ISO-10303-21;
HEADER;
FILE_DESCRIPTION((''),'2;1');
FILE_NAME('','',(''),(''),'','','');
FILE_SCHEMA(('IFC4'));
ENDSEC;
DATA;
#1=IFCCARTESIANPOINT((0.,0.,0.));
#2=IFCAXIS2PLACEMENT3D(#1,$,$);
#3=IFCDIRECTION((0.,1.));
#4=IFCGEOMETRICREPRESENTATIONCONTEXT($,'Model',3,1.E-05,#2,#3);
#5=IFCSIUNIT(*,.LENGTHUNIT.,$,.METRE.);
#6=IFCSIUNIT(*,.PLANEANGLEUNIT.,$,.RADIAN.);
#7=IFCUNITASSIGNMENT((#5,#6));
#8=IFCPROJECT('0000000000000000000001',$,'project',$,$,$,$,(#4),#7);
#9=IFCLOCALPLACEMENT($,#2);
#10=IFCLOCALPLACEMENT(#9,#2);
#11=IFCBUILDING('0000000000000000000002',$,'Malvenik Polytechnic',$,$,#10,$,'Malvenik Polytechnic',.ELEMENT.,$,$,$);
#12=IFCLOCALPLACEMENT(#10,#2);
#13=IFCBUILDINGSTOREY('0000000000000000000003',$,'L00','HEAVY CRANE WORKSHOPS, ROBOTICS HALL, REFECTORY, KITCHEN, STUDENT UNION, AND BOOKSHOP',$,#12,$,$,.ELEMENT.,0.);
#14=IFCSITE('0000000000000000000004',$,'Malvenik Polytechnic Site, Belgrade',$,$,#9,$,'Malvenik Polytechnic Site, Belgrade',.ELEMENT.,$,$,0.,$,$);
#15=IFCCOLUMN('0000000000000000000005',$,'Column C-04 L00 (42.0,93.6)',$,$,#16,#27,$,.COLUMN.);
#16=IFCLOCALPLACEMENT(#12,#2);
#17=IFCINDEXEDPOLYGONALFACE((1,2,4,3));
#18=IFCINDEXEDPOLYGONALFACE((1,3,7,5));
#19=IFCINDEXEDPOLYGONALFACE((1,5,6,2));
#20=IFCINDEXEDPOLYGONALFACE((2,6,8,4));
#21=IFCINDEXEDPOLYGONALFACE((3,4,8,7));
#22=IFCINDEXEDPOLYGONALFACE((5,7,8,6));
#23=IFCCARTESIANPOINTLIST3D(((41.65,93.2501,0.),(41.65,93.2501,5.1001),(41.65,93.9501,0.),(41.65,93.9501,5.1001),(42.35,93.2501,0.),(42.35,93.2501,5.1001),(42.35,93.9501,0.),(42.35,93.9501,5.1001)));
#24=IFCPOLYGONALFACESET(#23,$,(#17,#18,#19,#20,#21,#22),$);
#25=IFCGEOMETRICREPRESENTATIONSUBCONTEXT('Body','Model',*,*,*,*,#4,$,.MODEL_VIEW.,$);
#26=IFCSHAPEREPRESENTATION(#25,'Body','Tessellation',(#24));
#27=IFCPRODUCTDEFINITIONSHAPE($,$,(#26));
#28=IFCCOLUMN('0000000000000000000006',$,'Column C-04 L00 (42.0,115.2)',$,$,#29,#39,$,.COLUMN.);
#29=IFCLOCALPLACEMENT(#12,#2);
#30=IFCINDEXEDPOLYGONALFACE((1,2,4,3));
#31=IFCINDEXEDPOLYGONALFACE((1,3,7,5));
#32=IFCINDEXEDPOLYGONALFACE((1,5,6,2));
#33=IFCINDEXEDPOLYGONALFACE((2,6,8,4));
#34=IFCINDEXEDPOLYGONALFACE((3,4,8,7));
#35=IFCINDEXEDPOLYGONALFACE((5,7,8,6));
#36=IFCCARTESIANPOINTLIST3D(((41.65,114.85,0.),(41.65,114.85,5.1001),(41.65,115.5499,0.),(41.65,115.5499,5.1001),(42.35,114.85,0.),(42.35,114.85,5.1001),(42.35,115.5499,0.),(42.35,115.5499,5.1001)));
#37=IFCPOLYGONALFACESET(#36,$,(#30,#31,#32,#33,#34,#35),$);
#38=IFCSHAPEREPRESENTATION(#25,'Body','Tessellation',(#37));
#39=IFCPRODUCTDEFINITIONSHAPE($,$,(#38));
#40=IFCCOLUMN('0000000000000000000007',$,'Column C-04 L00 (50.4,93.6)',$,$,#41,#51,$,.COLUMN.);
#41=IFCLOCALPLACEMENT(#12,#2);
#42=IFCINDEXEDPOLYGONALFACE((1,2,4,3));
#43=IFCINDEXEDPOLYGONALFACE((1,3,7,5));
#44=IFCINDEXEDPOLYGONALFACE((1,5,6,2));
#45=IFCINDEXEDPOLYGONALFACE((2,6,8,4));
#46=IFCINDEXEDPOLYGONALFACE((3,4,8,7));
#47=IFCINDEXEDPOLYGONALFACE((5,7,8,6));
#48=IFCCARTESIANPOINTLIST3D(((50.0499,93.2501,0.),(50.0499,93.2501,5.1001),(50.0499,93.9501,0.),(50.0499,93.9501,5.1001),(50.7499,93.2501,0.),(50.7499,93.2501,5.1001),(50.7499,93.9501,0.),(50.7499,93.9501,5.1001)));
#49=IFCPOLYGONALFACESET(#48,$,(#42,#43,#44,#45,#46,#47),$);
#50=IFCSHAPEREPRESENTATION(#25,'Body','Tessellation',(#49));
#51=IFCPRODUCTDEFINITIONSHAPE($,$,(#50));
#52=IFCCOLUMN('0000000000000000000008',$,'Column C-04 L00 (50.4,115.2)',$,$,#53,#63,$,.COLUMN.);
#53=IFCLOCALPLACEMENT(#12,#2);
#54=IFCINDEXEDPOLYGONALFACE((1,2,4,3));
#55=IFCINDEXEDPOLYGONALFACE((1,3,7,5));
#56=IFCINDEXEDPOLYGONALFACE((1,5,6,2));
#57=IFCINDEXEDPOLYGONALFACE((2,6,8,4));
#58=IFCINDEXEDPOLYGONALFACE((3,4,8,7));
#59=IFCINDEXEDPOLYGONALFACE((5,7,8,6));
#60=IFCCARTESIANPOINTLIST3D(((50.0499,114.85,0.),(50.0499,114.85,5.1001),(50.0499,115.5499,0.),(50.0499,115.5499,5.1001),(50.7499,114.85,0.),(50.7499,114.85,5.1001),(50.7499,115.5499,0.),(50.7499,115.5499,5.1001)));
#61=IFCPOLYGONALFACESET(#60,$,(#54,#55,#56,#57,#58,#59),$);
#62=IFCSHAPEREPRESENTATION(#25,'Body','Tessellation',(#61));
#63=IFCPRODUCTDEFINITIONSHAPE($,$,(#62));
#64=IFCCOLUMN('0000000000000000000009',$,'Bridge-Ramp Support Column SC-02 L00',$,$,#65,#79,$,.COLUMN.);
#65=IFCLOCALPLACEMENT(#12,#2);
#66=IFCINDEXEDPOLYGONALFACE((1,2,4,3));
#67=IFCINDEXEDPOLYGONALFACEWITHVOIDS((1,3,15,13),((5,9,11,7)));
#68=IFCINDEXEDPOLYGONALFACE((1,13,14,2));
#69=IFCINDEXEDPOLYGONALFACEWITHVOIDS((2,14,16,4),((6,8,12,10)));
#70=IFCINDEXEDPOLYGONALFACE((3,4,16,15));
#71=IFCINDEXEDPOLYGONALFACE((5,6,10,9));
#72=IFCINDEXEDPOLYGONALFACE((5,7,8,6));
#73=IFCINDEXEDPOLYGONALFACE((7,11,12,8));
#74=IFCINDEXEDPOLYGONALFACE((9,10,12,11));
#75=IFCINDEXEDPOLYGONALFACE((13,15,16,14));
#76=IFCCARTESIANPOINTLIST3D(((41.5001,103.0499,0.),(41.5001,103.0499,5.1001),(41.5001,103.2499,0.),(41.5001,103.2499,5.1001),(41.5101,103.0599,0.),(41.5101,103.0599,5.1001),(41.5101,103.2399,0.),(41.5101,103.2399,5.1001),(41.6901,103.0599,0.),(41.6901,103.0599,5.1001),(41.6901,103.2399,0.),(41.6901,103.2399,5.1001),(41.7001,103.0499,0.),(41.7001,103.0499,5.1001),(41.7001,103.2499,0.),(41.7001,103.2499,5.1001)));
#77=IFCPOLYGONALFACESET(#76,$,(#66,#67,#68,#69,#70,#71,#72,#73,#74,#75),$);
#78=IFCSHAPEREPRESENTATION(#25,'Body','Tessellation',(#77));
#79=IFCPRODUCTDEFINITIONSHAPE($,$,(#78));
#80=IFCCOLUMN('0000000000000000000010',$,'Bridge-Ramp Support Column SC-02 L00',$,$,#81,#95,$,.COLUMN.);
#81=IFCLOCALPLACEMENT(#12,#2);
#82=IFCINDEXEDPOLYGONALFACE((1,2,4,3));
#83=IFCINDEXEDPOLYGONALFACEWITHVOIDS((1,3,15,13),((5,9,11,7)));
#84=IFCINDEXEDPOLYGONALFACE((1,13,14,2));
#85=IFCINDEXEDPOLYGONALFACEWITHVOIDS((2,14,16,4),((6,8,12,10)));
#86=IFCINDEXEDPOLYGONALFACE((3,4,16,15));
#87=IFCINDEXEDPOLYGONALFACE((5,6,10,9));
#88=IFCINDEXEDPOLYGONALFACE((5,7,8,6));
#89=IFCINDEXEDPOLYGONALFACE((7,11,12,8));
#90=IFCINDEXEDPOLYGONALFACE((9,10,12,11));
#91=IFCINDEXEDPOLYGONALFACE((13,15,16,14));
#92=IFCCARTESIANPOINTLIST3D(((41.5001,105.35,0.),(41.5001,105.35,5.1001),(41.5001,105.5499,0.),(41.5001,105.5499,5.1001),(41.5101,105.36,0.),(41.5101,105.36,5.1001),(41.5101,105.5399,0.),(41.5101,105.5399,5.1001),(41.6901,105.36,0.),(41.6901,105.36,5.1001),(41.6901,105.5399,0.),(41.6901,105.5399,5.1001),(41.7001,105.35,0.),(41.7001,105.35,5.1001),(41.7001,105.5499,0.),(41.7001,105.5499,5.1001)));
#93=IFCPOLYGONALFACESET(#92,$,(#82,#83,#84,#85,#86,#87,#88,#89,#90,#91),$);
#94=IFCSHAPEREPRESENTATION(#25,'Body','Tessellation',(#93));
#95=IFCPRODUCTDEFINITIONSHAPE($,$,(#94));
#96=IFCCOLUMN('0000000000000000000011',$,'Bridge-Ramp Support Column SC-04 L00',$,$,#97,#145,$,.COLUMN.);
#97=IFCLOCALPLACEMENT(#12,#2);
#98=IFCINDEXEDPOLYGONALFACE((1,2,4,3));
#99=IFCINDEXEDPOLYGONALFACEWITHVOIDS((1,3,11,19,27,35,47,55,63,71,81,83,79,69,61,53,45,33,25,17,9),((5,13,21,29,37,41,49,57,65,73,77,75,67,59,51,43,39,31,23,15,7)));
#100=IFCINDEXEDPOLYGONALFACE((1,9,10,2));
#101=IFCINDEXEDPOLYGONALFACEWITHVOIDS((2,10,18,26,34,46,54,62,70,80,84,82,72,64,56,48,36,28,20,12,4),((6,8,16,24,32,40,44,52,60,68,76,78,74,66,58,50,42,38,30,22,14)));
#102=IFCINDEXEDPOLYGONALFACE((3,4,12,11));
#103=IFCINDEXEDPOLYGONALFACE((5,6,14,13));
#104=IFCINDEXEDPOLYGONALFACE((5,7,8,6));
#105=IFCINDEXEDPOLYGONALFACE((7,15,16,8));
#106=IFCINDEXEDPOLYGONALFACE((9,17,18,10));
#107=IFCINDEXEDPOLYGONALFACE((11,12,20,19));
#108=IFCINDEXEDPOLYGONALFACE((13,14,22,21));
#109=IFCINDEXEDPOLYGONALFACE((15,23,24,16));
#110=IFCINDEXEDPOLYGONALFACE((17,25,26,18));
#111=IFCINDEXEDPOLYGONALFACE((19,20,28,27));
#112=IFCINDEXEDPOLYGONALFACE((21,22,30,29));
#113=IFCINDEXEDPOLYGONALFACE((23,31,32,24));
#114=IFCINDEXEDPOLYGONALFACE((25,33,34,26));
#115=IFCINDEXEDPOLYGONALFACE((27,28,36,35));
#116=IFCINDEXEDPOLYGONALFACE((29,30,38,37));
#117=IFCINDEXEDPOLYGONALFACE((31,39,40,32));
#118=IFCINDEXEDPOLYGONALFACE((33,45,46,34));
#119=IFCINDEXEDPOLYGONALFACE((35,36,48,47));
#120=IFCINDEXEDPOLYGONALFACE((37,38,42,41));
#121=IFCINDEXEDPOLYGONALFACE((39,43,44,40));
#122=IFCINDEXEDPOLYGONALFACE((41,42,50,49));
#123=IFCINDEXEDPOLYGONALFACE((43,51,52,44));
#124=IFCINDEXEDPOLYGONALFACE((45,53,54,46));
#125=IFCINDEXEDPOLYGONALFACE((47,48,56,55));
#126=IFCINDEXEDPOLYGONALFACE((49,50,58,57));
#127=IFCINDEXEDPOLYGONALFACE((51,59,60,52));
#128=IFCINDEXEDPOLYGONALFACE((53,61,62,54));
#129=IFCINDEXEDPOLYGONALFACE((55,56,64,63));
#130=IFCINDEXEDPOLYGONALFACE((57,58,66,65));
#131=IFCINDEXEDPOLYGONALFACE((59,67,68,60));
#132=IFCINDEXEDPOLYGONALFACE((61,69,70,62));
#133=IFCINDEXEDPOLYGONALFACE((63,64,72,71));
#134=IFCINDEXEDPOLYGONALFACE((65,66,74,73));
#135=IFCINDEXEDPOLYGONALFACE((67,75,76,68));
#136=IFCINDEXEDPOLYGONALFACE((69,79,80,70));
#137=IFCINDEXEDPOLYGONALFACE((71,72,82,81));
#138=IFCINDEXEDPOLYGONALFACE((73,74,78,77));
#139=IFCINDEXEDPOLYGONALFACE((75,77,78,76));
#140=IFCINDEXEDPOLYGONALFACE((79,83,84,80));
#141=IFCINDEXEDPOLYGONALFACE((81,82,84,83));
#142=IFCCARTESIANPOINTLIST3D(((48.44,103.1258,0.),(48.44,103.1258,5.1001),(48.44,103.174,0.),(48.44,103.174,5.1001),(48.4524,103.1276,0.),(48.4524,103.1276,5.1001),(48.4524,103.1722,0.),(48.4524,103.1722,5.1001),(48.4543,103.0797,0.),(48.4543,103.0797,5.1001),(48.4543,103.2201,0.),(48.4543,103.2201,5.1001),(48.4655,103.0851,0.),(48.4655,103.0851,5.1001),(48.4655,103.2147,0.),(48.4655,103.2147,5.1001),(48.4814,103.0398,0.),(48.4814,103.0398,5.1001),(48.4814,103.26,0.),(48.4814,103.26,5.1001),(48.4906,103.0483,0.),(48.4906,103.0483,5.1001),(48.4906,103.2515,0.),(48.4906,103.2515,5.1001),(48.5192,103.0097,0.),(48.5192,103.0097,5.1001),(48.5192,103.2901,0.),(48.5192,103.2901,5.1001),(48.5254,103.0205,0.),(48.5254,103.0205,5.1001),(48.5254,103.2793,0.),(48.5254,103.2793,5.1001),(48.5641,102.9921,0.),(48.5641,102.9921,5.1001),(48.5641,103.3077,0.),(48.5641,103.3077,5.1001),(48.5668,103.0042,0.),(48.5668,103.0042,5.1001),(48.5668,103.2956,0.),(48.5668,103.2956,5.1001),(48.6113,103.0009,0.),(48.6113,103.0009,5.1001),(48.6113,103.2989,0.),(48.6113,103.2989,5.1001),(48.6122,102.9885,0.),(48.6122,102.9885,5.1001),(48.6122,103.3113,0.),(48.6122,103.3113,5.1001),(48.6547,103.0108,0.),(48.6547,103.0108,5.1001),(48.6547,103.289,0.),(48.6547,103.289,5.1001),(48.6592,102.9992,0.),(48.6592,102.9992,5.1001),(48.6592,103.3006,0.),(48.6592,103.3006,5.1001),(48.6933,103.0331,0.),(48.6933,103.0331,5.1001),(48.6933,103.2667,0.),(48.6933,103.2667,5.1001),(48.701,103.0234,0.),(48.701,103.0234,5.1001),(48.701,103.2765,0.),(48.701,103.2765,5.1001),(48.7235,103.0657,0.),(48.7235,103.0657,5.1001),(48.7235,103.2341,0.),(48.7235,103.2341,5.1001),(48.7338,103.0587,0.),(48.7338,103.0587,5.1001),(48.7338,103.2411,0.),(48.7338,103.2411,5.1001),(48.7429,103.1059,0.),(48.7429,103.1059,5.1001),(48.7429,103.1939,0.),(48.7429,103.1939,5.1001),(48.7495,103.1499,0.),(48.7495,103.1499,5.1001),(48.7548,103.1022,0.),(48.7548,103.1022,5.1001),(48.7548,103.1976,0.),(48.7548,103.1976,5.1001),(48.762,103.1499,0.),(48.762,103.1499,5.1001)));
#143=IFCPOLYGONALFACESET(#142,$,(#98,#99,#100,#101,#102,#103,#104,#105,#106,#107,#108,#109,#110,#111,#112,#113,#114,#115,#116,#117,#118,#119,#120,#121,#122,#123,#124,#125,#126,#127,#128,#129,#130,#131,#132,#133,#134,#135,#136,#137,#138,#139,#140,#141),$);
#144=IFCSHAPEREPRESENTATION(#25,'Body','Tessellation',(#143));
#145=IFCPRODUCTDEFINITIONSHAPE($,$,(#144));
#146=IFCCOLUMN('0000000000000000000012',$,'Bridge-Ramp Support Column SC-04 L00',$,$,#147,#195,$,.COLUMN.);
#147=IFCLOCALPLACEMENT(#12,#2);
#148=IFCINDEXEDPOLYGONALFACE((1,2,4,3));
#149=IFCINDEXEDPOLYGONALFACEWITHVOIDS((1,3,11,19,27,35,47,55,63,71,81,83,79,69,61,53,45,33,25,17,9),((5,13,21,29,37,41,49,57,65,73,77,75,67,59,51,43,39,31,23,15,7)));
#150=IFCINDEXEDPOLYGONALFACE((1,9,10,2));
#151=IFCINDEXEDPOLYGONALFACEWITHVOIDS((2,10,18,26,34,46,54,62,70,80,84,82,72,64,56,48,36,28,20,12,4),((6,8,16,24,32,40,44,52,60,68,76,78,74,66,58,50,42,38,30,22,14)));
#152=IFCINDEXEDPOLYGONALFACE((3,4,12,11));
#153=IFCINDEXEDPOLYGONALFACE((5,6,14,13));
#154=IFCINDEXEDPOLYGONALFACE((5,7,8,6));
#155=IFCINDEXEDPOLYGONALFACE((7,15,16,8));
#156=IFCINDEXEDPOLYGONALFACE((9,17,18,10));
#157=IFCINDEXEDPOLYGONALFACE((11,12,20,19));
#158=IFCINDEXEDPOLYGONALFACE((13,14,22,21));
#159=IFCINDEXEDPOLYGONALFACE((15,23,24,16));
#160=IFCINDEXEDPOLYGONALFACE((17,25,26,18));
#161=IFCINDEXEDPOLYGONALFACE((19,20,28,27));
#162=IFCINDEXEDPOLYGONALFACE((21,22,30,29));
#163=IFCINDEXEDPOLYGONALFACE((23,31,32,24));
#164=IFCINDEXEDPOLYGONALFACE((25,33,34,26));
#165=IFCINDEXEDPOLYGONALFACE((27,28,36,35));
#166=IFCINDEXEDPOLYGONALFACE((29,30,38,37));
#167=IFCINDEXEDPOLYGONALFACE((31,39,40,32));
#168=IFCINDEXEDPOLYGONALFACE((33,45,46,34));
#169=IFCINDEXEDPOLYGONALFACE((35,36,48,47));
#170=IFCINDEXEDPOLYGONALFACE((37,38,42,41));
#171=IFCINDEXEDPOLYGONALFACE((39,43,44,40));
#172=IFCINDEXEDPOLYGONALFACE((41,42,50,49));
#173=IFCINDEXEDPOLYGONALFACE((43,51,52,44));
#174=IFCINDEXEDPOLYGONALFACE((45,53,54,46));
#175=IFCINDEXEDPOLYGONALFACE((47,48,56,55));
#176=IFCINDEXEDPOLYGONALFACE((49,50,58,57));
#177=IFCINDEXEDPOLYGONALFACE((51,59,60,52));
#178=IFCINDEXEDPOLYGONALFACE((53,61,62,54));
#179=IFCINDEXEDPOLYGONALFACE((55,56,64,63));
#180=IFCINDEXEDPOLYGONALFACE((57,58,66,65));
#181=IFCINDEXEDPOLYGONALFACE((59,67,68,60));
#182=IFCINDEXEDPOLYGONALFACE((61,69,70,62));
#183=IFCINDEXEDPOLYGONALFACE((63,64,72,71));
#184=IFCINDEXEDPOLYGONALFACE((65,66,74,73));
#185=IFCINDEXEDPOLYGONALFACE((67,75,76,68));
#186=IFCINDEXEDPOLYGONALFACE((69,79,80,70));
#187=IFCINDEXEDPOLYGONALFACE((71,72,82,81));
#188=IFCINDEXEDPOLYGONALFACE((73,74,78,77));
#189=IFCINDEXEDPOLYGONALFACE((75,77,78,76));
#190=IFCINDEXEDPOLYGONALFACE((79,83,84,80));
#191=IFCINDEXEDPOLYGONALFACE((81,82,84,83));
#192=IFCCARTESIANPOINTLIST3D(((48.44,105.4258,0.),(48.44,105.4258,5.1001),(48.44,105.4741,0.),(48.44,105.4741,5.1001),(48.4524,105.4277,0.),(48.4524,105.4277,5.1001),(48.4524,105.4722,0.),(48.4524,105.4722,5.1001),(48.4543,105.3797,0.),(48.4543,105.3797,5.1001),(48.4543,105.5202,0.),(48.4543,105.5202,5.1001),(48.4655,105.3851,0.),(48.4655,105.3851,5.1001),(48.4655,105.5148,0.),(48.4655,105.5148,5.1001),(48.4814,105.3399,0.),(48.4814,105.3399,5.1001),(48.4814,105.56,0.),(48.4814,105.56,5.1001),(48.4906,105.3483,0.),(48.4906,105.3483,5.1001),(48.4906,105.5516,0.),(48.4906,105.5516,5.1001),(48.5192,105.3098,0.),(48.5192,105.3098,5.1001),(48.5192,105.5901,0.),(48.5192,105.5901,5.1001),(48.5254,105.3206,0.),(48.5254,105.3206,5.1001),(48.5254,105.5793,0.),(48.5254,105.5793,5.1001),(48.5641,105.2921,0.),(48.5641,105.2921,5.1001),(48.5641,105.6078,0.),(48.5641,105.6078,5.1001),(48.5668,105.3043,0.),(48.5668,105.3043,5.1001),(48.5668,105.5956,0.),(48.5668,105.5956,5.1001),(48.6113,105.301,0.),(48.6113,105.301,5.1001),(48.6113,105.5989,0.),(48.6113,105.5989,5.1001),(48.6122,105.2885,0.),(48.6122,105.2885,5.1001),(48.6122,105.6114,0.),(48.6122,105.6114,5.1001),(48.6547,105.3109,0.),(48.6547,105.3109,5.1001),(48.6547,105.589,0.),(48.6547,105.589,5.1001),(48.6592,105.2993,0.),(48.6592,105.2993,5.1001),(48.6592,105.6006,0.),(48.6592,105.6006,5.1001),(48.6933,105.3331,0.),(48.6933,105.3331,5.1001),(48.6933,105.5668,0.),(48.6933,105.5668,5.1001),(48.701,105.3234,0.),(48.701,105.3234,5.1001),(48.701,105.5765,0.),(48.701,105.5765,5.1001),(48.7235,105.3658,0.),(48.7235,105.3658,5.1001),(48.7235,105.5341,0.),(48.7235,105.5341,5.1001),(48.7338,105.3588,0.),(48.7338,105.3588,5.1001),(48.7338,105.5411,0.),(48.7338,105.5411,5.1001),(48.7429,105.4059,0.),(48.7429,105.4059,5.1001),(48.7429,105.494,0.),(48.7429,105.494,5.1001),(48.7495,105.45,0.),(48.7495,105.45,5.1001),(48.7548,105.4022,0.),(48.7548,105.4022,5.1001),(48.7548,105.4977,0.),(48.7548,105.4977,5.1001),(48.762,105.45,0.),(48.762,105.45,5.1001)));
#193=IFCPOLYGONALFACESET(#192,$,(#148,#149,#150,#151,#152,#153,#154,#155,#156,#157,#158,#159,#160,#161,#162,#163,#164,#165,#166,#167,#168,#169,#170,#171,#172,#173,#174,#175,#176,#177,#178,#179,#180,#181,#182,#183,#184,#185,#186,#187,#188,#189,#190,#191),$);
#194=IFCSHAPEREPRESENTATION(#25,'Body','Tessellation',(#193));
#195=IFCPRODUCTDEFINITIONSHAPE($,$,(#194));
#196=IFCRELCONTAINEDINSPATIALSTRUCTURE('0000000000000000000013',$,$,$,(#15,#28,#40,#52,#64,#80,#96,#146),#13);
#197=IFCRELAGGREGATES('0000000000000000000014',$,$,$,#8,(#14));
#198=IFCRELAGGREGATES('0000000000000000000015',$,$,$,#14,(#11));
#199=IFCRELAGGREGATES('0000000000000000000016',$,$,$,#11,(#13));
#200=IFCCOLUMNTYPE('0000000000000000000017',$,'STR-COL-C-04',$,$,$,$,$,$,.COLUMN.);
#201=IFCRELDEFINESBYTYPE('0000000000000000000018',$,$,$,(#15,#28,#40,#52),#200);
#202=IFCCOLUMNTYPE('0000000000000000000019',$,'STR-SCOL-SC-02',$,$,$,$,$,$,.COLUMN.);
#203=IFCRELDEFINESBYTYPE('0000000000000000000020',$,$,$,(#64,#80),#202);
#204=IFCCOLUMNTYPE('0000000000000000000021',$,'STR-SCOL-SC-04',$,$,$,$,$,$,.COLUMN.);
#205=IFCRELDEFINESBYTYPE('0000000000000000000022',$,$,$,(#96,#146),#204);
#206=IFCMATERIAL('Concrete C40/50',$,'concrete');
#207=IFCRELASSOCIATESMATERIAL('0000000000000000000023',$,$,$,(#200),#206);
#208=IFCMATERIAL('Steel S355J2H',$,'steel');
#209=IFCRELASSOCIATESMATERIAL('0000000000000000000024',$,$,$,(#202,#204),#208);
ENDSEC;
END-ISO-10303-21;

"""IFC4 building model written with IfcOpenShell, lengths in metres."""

from ifc_helpers import new_model, si_unit, direction, frame, origin, origin_2d, place, context, subcontext, project, spatial, rectangle, hollow_rectangle, hollow_circle, extrude, material, material_profile, profile_set, type_object, element, save


model = new_model("IFC4")

# Units and contexts
model_context = context("Model", 3, precision=1e-05, world=origin(), true_north=direction((0.0, 1.0)))
body_context = subcontext(model_context, "Body", "Model", "MODEL_VIEW")
ifc_project = project(units=[si_unit("LENGTHUNIT", "METRE"), si_unit("PLANEANGLEUNIT", "RADIAN")], contexts=[model_context])

# Site, building, storey
site_placement = place(None, origin())
site = spatial("IfcSite", under=ifc_project, at=site_placement, Name="Malvenik Polytechnic Site, Belgrade", LongName="Malvenik Polytechnic Site, Belgrade", CompositionType="ELEMENT", RefElevation=0.0)
building_placement = place(site_placement, origin())
building = spatial("IfcBuilding", under=site, at=building_placement, Name="Malvenik Polytechnic", LongName="Malvenik Polytechnic", CompositionType="ELEMENT")
storey_placement = place(building_placement, origin())
storey = spatial("IfcBuildingStorey", under=building, at=storey_placement, Name="L00", Description="HEAVY CRANE WORKSHOPS, ROBOTICS HALL, REFECTORY, KITCHEN, STUDENT UNION, AND BOOKSHOP", CompositionType="ELEMENT", Elevation=0.0)

# Columns
ifc_material_1 = material(Name="Concrete C40/50", Category="concrete")
ifc_material_profile_1 = material_profile(ifc_material_1, rectangle(XDim=0.7, YDim=0.7, at=origin_2d()), Name="RC COL 700x700")
ifc_profile_set_1 = profile_set([ifc_material_profile_1], Name="Concrete C40/50")
column_type_1 = type_object("IfcColumnType", Name="STR-COL-C-04", PredefinedType="COLUMN", material=ifc_profile_set_1)
for number, where, z_axis, x_axis, name in (
    (1, (42.0, 93.6001, 0.0), (0.0, 0.0, 1.0), (1.0, 0.0, 0.0), "Column C-04 L00 (42.0,93.6)"),
    (2, (42.0, 115.2, 0.0), (0.0, 0.0, 1.0), (1.0, 0.0, 0.0), "Column C-04 L00 (42.0,115.2)"),
    (3, (50.3999, 93.6001, 0.0), (0.0, 0.0, 1.0), (1.0, 0.0, 0.0), "Column C-04 L00 (50.4,93.6)"),
    (4, (50.3999, 115.2, 0.0), (0.0, 0.0, 1.0), (1.0, 0.0, 0.0), "Column C-04 L00 (50.4,115.2)"),
):
    element("IfcColumn", number, at=place(storey_placement, frame(where, z_axis=z_axis, x_axis=x_axis)), inside=storey, type_object=column_type_1, Name=name, PredefinedType="COLUMN", context=body_context, shape_type="SweptSolid", body=[
        extrude(rectangle(XDim=0.7, YDim=0.7, at=origin_2d()), origin(), (0.0, 0.0, 1.0), 5.1001),
    ])
ifc_material_2 = material(Name="Steel S355J2H", Category="steel")
ifc_material_profile_2 = material_profile(ifc_material_2, hollow_rectangle(XDim=0.2, YDim=0.2, WallThickness=0.01, at=origin_2d()), Name="SHS 200x200x10.0")
ifc_profile_set_2 = profile_set([ifc_material_profile_2], Name="Steel S355J2H")
column_type_2 = type_object("IfcColumnType", Name="STR-SCOL-SC-02", PredefinedType="COLUMN", material=ifc_profile_set_2)
for number, where, z_axis, x_axis, name in (
    (5, (41.6001, 103.1499, 0.0), (0.0, 0.0, 1.0), (1.0, 0.0, 0.0), "Bridge-Ramp Support Column SC-02 L00"),
    (6, (41.6001, 105.45, 0.0), (0.0, 0.0, 1.0), (1.0, 0.0, 0.0), "Bridge-Ramp Support Column SC-02 L00"),
):
    element("IfcColumn", number, at=place(storey_placement, frame(where, z_axis=z_axis, x_axis=x_axis)), inside=storey, type_object=column_type_2, Name=name, PredefinedType="COLUMN", context=body_context, shape_type="SweptSolid", body=[
        extrude(hollow_rectangle(XDim=0.2, YDim=0.2, WallThickness=0.01, at=origin_2d()), origin(), (0.0, 0.0, 1.0), 5.1001),
    ])
ifc_material_profile_3 = material_profile(ifc_material_2, hollow_circle(Radius=0.1619, WallThickness=0.0125, at=origin_2d()), Name="CHS 323.9x12.5")
ifc_profile_set_3 = profile_set([ifc_material_profile_3], Name="Steel S355J2H")
column_type_3 = type_object("IfcColumnType", Name="STR-SCOL-SC-04", PredefinedType="COLUMN", material=ifc_profile_set_3)
for number, where, z_axis, x_axis, name in (
    (7, (48.6001, 103.1499, 0.0), (0.0, 0.0, 1.0), (1.0, 0.0, 0.0), "Bridge-Ramp Support Column SC-04 L00"),
    (8, (48.6001, 105.45, 0.0), (0.0, 0.0, 1.0), (1.0, 0.0, 0.0), "Bridge-Ramp Support Column SC-04 L00"),
):
    element("IfcColumn", number, at=place(storey_placement, frame(where, z_axis=z_axis, x_axis=x_axis)), inside=storey, type_object=column_type_3, Name=name, PredefinedType="COLUMN", context=body_context, shape_type="SweptSolid", body=[
        extrude(hollow_circle(Radius=0.1619, WallThickness=0.0125, at=origin_2d()), origin(), (0.0, 0.0, 1.0), 5.1001),
    ])

save(model, "model.ifc")
